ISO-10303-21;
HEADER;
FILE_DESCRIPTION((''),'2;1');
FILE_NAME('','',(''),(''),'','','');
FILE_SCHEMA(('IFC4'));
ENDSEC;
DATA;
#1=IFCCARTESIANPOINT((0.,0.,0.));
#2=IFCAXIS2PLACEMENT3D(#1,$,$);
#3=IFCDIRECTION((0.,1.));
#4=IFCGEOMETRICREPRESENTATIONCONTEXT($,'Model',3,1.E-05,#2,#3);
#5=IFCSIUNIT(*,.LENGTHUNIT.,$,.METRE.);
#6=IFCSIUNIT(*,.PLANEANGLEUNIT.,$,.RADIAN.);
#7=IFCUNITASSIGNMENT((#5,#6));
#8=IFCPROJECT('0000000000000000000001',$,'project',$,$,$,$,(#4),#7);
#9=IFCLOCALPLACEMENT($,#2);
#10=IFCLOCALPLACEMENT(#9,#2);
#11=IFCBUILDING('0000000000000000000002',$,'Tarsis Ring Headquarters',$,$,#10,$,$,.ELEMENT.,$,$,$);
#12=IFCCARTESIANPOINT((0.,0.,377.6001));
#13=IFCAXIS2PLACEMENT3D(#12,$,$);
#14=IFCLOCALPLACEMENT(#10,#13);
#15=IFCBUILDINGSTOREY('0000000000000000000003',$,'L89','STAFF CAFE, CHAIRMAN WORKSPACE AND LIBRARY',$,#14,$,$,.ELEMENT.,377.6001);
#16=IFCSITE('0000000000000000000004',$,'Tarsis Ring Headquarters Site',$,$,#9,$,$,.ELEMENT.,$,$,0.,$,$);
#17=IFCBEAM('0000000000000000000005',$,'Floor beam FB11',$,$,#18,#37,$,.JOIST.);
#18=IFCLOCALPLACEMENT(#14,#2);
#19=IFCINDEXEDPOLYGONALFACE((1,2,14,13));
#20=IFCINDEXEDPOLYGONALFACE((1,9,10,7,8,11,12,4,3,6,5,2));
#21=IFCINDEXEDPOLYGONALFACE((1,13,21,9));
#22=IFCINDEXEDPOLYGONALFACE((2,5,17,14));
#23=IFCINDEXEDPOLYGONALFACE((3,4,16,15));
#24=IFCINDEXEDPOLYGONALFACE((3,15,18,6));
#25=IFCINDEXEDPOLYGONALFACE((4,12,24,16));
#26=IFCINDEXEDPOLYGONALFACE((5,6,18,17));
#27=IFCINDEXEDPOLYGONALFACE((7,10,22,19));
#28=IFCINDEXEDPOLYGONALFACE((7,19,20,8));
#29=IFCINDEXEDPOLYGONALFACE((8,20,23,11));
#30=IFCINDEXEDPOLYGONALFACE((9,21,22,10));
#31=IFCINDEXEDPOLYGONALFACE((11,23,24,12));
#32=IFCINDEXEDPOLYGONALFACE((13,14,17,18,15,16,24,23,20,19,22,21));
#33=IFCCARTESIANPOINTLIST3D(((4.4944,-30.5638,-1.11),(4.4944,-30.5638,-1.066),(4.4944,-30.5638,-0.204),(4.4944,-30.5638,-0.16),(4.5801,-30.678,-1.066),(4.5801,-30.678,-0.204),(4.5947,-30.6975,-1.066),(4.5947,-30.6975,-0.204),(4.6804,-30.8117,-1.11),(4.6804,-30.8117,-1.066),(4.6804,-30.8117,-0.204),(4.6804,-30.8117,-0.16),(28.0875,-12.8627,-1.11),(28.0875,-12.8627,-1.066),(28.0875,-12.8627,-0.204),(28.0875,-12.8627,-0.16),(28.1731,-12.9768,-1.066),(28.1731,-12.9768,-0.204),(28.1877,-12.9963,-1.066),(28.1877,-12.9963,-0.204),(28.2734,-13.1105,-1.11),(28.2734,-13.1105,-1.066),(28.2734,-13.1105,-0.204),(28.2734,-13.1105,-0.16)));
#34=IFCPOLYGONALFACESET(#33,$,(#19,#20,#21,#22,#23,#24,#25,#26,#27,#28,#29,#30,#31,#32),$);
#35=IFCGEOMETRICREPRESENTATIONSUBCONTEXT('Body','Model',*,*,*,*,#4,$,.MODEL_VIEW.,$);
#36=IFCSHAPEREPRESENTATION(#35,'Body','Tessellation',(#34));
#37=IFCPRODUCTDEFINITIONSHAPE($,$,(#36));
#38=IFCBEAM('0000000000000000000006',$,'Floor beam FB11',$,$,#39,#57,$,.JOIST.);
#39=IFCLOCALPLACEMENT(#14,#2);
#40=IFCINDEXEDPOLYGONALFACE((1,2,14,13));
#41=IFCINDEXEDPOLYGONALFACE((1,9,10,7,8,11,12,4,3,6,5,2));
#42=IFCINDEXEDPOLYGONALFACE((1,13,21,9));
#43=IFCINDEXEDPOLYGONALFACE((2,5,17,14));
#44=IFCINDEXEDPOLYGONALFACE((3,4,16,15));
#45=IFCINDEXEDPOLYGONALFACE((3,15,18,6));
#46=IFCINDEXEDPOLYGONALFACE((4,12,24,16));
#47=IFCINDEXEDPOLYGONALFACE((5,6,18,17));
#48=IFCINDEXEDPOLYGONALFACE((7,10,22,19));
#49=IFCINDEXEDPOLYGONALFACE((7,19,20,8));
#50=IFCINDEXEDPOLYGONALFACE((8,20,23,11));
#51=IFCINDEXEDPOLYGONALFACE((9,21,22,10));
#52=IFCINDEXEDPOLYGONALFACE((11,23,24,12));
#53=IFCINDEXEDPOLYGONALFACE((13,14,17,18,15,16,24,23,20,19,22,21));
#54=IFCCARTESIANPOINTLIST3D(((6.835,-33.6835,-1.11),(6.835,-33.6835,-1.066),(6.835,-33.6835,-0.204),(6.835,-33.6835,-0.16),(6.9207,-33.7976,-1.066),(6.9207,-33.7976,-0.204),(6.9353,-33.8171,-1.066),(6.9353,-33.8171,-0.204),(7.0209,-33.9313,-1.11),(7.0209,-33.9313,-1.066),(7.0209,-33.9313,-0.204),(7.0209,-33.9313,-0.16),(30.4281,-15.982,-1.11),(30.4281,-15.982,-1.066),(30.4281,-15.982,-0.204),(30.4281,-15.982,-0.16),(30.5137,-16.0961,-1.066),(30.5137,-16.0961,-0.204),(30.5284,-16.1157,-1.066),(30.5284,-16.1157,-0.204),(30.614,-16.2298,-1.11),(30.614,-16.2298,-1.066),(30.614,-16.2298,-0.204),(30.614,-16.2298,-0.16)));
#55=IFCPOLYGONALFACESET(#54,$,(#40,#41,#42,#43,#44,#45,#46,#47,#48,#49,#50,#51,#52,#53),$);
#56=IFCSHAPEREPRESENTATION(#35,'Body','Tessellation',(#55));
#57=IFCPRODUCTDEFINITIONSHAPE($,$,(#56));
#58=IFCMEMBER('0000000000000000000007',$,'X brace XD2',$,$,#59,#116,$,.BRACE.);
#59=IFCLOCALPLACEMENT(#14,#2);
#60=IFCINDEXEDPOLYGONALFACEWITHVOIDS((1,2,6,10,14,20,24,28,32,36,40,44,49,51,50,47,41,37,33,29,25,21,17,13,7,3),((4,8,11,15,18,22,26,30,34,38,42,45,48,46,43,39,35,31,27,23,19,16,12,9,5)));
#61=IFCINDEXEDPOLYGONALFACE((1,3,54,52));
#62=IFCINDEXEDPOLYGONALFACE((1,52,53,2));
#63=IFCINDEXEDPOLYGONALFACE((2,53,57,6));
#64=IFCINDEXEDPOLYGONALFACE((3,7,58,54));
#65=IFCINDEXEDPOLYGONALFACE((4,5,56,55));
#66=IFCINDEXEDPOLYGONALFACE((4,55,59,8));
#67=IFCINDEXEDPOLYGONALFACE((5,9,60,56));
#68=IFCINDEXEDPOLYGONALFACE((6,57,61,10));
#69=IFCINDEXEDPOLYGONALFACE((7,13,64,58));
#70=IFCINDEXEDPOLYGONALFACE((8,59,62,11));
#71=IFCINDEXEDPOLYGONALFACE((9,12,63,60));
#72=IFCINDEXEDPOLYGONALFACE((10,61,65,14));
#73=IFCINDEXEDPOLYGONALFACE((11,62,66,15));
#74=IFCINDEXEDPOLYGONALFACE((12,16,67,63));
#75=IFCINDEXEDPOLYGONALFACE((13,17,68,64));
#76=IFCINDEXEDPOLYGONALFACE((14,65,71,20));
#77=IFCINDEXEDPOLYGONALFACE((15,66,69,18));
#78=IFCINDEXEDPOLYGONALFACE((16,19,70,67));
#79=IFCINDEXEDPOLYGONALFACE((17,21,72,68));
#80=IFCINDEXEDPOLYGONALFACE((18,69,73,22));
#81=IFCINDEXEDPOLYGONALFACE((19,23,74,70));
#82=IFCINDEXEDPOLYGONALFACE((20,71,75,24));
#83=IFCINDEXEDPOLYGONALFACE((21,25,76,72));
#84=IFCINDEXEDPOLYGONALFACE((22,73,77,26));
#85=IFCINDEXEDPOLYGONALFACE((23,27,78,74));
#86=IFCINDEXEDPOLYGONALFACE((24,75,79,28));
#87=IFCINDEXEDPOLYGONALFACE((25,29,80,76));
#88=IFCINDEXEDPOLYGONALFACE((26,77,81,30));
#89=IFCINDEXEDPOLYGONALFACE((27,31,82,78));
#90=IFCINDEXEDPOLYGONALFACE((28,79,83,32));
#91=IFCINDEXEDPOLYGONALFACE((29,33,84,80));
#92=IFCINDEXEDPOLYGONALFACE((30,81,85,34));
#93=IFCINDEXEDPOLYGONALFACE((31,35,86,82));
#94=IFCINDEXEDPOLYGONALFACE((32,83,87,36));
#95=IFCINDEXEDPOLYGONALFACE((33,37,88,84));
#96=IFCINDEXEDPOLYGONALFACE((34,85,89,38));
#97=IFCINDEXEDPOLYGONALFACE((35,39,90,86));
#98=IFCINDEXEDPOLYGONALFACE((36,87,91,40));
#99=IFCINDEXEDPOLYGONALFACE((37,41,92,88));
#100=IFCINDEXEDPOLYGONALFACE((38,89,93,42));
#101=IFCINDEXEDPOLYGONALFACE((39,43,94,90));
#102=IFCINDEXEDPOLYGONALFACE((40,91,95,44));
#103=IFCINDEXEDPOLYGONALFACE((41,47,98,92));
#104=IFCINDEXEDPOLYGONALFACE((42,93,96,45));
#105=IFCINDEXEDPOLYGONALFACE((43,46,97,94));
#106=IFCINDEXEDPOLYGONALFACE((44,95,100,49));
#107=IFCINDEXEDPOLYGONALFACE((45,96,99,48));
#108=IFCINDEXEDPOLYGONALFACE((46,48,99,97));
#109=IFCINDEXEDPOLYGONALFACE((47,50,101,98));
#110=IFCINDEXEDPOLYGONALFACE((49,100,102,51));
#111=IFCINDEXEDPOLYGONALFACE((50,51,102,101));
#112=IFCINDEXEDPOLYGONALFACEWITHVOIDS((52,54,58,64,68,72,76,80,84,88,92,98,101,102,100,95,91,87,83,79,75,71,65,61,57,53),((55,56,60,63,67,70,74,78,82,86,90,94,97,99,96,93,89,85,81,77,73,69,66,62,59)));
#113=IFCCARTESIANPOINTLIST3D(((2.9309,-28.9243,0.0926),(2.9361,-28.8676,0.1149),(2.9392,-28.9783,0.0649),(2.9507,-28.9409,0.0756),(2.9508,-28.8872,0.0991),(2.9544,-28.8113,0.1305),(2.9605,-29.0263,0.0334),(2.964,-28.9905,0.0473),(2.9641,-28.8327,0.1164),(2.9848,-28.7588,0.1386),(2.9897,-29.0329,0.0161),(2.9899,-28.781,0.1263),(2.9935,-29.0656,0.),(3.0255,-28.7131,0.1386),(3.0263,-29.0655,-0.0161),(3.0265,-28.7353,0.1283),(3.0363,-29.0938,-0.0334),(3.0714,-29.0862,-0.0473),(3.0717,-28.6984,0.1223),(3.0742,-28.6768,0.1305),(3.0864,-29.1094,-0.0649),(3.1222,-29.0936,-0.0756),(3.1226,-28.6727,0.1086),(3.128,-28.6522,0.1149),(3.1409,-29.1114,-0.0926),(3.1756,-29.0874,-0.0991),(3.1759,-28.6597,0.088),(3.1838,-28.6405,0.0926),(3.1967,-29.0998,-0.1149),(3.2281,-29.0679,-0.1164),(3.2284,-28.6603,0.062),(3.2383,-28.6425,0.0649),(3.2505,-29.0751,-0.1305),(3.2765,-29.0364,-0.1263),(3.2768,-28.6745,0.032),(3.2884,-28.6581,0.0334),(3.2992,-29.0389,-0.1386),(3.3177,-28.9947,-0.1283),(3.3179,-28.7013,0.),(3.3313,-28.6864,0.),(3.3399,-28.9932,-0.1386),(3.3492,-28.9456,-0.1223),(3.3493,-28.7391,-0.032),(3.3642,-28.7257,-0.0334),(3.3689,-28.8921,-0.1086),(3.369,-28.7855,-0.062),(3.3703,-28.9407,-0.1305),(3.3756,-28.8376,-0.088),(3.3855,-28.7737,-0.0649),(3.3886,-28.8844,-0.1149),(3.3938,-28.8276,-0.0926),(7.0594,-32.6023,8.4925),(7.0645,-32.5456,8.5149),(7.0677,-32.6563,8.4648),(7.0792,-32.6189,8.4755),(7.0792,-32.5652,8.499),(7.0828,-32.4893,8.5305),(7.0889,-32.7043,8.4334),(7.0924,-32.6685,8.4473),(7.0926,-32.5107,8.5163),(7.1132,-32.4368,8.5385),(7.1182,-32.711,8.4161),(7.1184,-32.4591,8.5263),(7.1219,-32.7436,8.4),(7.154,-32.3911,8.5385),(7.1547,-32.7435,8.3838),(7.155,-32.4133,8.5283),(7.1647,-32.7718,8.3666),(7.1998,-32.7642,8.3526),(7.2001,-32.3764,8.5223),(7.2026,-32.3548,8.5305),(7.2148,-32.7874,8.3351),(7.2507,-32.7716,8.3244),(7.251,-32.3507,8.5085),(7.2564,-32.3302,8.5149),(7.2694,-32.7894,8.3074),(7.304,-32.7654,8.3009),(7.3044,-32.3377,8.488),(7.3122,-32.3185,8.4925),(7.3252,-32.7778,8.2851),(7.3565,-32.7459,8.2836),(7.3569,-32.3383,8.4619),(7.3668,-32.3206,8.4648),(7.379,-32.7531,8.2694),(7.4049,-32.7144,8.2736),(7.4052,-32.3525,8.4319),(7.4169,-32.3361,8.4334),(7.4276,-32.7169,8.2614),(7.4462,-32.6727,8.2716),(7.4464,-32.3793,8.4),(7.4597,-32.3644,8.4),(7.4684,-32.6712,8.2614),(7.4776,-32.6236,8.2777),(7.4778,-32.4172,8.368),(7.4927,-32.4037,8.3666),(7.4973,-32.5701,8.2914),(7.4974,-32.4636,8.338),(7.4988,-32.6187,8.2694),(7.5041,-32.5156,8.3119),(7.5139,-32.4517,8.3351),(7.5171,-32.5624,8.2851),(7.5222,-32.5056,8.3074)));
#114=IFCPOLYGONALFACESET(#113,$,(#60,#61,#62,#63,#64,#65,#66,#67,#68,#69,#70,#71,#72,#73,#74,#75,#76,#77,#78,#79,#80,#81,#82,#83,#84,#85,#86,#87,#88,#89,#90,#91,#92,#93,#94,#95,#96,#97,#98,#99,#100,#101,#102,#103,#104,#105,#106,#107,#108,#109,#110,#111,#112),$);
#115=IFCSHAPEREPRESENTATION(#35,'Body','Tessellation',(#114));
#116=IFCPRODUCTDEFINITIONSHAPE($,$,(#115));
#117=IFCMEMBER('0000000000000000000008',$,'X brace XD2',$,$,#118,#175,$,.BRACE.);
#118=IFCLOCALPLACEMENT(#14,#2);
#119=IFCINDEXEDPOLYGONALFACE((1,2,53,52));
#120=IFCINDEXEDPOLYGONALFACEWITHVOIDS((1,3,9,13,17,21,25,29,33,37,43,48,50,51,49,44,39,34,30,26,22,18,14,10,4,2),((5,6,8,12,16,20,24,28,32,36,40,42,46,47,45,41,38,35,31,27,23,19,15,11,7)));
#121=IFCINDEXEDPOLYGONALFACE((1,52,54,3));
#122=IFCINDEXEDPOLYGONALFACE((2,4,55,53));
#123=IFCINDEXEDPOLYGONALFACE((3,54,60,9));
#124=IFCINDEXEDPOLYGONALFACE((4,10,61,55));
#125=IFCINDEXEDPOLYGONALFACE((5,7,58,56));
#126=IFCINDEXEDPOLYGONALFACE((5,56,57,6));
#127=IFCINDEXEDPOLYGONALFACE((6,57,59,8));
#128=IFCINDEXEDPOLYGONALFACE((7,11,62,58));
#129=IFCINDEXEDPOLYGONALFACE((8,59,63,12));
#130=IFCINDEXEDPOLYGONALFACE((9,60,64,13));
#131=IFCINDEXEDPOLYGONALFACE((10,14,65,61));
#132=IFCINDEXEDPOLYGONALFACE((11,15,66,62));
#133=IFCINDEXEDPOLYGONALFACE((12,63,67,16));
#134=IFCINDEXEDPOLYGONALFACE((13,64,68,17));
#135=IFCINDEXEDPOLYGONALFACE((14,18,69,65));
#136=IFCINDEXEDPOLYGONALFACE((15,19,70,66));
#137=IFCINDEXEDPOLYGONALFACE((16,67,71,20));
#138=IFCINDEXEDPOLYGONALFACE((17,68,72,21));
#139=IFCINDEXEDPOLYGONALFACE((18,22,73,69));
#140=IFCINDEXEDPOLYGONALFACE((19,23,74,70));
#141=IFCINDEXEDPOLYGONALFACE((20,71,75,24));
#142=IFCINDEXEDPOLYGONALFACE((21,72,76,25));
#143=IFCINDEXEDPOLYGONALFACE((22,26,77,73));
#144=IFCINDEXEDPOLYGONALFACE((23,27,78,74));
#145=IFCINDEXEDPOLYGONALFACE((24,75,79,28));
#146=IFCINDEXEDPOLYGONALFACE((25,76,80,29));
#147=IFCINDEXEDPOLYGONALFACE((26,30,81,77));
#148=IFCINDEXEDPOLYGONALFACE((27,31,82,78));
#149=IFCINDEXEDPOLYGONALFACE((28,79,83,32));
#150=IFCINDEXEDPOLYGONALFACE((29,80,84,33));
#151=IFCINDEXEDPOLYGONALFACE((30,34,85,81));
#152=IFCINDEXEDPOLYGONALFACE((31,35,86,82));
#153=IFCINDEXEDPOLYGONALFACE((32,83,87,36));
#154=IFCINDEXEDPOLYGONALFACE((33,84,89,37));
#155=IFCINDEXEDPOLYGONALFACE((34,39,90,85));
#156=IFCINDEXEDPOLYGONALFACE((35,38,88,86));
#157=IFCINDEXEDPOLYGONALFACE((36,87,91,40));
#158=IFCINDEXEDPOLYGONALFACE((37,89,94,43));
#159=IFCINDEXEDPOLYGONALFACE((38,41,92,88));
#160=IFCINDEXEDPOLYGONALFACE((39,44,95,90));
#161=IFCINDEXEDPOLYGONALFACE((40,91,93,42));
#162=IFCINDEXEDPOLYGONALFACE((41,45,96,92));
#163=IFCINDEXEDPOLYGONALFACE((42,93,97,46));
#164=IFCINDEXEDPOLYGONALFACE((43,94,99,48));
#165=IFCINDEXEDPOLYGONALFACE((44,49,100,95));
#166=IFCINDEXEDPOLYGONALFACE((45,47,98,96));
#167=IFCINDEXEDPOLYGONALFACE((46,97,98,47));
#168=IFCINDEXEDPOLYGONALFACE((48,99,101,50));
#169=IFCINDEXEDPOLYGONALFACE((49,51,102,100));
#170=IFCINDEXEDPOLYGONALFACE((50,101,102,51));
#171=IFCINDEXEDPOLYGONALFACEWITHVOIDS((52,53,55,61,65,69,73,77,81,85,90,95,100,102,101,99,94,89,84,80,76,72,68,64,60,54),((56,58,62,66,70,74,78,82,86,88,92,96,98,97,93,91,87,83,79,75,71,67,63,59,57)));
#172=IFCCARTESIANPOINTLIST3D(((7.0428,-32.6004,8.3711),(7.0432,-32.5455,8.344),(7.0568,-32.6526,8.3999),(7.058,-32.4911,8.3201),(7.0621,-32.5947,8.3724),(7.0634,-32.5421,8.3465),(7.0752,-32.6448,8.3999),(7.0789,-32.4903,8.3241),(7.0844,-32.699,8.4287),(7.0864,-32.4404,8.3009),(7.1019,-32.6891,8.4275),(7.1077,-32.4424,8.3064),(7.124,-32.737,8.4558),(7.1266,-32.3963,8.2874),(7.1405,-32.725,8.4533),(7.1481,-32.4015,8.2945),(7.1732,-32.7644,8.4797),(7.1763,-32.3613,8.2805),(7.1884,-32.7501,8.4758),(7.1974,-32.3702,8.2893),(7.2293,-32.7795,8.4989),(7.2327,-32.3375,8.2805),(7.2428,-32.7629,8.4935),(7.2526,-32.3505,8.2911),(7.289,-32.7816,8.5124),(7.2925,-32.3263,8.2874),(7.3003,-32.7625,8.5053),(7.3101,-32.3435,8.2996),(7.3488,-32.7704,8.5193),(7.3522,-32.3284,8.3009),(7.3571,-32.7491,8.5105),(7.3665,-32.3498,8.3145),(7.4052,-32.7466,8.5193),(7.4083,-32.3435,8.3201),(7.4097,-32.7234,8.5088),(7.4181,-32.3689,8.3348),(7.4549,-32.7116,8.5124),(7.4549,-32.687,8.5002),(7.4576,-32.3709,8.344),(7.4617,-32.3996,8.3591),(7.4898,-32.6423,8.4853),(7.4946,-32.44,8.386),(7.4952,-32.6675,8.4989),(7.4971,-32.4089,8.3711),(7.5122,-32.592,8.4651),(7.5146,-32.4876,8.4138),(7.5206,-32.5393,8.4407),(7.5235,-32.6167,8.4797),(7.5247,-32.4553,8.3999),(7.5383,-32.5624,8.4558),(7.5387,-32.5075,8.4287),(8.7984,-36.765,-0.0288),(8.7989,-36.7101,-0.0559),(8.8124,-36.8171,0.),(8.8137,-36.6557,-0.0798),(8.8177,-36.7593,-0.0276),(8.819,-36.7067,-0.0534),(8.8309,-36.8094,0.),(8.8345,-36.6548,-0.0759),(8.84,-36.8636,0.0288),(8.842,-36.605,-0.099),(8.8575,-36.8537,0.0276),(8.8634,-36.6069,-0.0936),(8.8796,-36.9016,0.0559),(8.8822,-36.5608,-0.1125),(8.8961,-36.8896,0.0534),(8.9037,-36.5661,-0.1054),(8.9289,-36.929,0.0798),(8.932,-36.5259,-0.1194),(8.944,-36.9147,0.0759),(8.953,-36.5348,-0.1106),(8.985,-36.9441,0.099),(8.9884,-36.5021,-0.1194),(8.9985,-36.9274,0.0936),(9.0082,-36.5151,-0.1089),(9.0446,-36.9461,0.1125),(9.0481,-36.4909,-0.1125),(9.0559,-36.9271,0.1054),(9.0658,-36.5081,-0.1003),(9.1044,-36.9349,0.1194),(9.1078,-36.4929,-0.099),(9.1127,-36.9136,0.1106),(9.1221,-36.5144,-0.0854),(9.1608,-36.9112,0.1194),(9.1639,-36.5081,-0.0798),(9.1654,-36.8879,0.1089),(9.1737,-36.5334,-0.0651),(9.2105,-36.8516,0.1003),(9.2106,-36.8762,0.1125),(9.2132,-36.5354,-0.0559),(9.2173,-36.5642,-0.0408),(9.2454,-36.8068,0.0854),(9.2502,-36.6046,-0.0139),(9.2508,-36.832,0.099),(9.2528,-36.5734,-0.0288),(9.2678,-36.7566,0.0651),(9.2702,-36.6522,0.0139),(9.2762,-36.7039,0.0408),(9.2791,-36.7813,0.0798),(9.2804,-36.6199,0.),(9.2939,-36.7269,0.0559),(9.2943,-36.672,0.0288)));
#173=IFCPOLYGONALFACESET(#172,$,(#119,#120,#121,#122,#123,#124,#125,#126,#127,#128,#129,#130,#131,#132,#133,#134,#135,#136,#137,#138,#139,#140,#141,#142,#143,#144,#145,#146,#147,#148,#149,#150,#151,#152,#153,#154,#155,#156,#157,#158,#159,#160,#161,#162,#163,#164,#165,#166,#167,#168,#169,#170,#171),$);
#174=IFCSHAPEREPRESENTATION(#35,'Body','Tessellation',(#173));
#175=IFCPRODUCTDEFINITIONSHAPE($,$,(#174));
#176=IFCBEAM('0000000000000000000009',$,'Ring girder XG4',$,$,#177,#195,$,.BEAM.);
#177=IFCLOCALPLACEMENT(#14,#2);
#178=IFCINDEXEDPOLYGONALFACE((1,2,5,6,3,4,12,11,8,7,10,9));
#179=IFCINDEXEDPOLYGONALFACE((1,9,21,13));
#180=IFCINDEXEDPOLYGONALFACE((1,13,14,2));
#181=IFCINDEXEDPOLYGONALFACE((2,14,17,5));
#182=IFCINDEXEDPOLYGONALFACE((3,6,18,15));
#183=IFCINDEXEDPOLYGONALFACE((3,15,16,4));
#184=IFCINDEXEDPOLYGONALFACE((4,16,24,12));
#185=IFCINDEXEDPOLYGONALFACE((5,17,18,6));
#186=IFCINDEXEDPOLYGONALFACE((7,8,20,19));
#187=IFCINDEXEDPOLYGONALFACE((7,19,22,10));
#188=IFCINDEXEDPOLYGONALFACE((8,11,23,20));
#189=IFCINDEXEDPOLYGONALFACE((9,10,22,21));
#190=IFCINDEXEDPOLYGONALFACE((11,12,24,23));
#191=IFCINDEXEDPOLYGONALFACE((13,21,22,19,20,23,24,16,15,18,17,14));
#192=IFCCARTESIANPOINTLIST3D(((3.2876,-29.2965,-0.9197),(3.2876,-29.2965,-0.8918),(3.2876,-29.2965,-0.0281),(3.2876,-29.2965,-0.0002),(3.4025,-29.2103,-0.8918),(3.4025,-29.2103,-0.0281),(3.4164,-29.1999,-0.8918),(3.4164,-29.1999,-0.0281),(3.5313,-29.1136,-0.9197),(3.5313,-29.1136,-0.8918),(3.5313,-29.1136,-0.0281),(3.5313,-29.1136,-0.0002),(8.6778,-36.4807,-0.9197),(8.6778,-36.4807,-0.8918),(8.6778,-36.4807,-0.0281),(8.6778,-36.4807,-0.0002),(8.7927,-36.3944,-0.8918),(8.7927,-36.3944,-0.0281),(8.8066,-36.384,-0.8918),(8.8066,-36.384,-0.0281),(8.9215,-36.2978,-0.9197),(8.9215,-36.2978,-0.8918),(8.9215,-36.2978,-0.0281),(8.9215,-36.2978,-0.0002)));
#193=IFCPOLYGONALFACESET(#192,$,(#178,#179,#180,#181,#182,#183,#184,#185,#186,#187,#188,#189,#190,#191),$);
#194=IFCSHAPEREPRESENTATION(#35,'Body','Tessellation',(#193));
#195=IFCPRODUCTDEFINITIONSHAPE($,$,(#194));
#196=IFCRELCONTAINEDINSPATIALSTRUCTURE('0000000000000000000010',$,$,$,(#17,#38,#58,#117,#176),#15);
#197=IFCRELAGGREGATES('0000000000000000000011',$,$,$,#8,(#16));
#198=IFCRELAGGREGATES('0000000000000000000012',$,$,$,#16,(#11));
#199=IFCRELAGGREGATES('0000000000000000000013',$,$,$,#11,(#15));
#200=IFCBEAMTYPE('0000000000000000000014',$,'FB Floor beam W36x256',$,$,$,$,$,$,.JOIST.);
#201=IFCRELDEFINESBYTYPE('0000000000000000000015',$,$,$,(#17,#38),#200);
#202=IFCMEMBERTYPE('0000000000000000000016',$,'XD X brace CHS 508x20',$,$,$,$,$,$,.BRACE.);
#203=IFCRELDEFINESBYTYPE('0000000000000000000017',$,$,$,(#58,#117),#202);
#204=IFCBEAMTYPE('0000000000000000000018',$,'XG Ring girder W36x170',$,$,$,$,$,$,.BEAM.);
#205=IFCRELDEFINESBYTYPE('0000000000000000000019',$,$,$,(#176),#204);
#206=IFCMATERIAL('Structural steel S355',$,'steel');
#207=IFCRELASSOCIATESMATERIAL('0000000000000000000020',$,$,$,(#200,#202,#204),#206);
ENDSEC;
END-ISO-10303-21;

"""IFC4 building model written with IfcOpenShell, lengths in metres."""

from ifc_helpers import new_model, si_unit, direction, frame, origin, origin_2d, place, context, subcontext, project, spatial, hollow_circle, i_section, extrude, material, material_profile, profile_set, type_object, element, save


model = new_model("IFC4")

# Units and contexts
model_context = context("Model", 3, precision=1e-05, world=origin(), true_north=direction((0.0, 1.0)))
body_context = subcontext(model_context, "Body", "Model", "MODEL_VIEW")
ifc_project = project(units=[si_unit("LENGTHUNIT", "METRE"), si_unit("PLANEANGLEUNIT", "RADIAN")], contexts=[model_context])

# Site, building, storey
site_placement = place(None, origin())
site = spatial("IfcSite", under=ifc_project, at=site_placement, Name="Tarsis Ring Headquarters Site", CompositionType="ELEMENT", RefElevation=0.0)
building_placement = place(site_placement, origin())
building = spatial("IfcBuilding", under=site, at=building_placement, Name="Tarsis Ring Headquarters", CompositionType="ELEMENT")
storey_placement = place(building_placement, frame((0.0, 0.0, 377.6001)))
storey = spatial("IfcBuildingStorey", under=building, at=storey_placement, Name="L89", Description="STAFF CAFE, CHAIRMAN WORKSPACE AND LIBRARY", CompositionType="ELEMENT", Elevation=377.6001)

# Shared definitions
ifc_material_1 = material(Name="Structural steel S355", Category="steel")

# Beams
ifc_material_profile_1 = material_profile(ifc_material_1, i_section(OverallWidth=0.3098, OverallDepth=0.95, WebThickness=0.0244, FlangeThickness=0.0439, at=origin_2d()), Name="W36x256")
ifc_profile_set_1 = profile_set([ifc_material_profile_1], Name="Structural steel S355")
beam_type_1 = type_object("IfcBeamType", Name="FB Floor beam W36x256", PredefinedType="JOIST", material=ifc_profile_set_1)
beam_1_placement = place(storey_placement, frame((4.5874, -30.6877, -0.635), z_axis=(0.799896, 0.600139, 0.0), x_axis=(-0.600139, 0.799896, 0.0)))
element("IfcBeam", 1, at=beam_1_placement, inside=storey, type_object=beam_type_1, Name="Floor beam FB11", PredefinedType="JOIST", context=body_context, shape_type="SweptSolid", body=[
    extrude(i_section(OverallWidth=0.3098, OverallDepth=0.95, WebThickness=0.0244, FlangeThickness=0.0439, at=origin_2d()), origin(), (0.0, 0.0, 1.0), 29.4951),
])
beam_2_placement = place(storey_placement, frame((6.928, -33.8074, -0.635), z_axis=(0.799892, 0.600144, 0.0), x_axis=(-0.600144, 0.799892, 0.0)))
element("IfcBeam", 2, at=beam_2_placement, inside=storey, type_object=beam_type_1, Name="Floor beam FB11", PredefinedType="JOIST", context=body_context, shape_type="SweptSolid", body=[
    extrude(i_section(OverallWidth=0.3098, OverallDepth=0.95, WebThickness=0.0244, FlangeThickness=0.0439, at=origin_2d()), origin(), (0.0, 0.0, 1.0), 29.4954),
])

# Members
ifc_material_profile_2 = material_profile(ifc_material_1, hollow_circle(Radius=0.2539, WallThickness=0.02, at=origin_2d()), Name="CHS 508x20")
ifc_profile_set_2 = profile_set([ifc_material_profile_2], Name="Structural steel S355")
member_type_1 = type_object("IfcMemberType", Name="XD X brace CHS 508x20", PredefinedType="BRACE", material=ifc_profile_set_2)
member_1_placement = place(storey_placement, frame((3.1624, -28.876, 0.0), z_axis=(0.410529, -0.365738, 0.835285), x_axis=(0.665199, 0.746666, 0.0)))
element("IfcMember", 3, at=member_1_placement, inside=storey, type_object=member_type_1, Name="X brace XD2", PredefinedType="BRACE", context=body_context, shape_type="SweptSolid", body=[
    extrude(hollow_circle(Radius=0.2539, WallThickness=0.02, at=origin_2d()), origin(), (0.0, 0.0, 1.0), 10.0564),
])
member_2_placement = place(storey_placement, frame((9.0464, -36.7185, 0.0), z_axis=(-0.184055, 0.436602, 0.880626), x_axis=(-0.921468, -0.388455, 0.0)))
element("IfcMember", 4, at=member_2_placement, inside=storey, type_object=member_type_1, Name="X brace XD2", PredefinedType="BRACE", context=body_context, shape_type="SweptSolid", body=[
    extrude(hollow_circle(Radius=0.2539, WallThickness=0.02, at=origin_2d()), origin(), (0.0, 0.0, 1.0), 9.5386),
])

# Beam
ifc_material_profile_3 = material_profile(ifc_material_1, i_section(OverallWidth=0.3047, OverallDepth=0.9194, WebThickness=0.0173, FlangeThickness=0.0278, at=origin_2d()), Name="W36x170")
ifc_profile_set_3 = profile_set([ifc_material_profile_3], Name="Structural steel S355")
beam_type_2 = type_object("IfcBeamType", Name="XG Ring girder W36x170", PredefinedType="BEAM", material=ifc_profile_set_3)
beam_3_placement = place(storey_placement, frame((3.4094, -29.2051, -0.46), z_axis=(0.600148, -0.799889, 0.0), x_axis=(0.799889, 0.600148, 0.0)))
element("IfcBeam", 5, at=beam_3_placement, inside=storey, type_object=beam_type_2, Name="Ring girder XG4", PredefinedType="BEAM", context=body_context, shape_type="SweptSolid", body=[
    extrude(i_section(OverallWidth=0.3047, OverallDepth=0.9194, WebThickness=0.0173, FlangeThickness=0.0278, at=origin_2d()), origin(), (0.0, 0.0, 1.0), 8.9814),
])

save(model, "model.ifc")
